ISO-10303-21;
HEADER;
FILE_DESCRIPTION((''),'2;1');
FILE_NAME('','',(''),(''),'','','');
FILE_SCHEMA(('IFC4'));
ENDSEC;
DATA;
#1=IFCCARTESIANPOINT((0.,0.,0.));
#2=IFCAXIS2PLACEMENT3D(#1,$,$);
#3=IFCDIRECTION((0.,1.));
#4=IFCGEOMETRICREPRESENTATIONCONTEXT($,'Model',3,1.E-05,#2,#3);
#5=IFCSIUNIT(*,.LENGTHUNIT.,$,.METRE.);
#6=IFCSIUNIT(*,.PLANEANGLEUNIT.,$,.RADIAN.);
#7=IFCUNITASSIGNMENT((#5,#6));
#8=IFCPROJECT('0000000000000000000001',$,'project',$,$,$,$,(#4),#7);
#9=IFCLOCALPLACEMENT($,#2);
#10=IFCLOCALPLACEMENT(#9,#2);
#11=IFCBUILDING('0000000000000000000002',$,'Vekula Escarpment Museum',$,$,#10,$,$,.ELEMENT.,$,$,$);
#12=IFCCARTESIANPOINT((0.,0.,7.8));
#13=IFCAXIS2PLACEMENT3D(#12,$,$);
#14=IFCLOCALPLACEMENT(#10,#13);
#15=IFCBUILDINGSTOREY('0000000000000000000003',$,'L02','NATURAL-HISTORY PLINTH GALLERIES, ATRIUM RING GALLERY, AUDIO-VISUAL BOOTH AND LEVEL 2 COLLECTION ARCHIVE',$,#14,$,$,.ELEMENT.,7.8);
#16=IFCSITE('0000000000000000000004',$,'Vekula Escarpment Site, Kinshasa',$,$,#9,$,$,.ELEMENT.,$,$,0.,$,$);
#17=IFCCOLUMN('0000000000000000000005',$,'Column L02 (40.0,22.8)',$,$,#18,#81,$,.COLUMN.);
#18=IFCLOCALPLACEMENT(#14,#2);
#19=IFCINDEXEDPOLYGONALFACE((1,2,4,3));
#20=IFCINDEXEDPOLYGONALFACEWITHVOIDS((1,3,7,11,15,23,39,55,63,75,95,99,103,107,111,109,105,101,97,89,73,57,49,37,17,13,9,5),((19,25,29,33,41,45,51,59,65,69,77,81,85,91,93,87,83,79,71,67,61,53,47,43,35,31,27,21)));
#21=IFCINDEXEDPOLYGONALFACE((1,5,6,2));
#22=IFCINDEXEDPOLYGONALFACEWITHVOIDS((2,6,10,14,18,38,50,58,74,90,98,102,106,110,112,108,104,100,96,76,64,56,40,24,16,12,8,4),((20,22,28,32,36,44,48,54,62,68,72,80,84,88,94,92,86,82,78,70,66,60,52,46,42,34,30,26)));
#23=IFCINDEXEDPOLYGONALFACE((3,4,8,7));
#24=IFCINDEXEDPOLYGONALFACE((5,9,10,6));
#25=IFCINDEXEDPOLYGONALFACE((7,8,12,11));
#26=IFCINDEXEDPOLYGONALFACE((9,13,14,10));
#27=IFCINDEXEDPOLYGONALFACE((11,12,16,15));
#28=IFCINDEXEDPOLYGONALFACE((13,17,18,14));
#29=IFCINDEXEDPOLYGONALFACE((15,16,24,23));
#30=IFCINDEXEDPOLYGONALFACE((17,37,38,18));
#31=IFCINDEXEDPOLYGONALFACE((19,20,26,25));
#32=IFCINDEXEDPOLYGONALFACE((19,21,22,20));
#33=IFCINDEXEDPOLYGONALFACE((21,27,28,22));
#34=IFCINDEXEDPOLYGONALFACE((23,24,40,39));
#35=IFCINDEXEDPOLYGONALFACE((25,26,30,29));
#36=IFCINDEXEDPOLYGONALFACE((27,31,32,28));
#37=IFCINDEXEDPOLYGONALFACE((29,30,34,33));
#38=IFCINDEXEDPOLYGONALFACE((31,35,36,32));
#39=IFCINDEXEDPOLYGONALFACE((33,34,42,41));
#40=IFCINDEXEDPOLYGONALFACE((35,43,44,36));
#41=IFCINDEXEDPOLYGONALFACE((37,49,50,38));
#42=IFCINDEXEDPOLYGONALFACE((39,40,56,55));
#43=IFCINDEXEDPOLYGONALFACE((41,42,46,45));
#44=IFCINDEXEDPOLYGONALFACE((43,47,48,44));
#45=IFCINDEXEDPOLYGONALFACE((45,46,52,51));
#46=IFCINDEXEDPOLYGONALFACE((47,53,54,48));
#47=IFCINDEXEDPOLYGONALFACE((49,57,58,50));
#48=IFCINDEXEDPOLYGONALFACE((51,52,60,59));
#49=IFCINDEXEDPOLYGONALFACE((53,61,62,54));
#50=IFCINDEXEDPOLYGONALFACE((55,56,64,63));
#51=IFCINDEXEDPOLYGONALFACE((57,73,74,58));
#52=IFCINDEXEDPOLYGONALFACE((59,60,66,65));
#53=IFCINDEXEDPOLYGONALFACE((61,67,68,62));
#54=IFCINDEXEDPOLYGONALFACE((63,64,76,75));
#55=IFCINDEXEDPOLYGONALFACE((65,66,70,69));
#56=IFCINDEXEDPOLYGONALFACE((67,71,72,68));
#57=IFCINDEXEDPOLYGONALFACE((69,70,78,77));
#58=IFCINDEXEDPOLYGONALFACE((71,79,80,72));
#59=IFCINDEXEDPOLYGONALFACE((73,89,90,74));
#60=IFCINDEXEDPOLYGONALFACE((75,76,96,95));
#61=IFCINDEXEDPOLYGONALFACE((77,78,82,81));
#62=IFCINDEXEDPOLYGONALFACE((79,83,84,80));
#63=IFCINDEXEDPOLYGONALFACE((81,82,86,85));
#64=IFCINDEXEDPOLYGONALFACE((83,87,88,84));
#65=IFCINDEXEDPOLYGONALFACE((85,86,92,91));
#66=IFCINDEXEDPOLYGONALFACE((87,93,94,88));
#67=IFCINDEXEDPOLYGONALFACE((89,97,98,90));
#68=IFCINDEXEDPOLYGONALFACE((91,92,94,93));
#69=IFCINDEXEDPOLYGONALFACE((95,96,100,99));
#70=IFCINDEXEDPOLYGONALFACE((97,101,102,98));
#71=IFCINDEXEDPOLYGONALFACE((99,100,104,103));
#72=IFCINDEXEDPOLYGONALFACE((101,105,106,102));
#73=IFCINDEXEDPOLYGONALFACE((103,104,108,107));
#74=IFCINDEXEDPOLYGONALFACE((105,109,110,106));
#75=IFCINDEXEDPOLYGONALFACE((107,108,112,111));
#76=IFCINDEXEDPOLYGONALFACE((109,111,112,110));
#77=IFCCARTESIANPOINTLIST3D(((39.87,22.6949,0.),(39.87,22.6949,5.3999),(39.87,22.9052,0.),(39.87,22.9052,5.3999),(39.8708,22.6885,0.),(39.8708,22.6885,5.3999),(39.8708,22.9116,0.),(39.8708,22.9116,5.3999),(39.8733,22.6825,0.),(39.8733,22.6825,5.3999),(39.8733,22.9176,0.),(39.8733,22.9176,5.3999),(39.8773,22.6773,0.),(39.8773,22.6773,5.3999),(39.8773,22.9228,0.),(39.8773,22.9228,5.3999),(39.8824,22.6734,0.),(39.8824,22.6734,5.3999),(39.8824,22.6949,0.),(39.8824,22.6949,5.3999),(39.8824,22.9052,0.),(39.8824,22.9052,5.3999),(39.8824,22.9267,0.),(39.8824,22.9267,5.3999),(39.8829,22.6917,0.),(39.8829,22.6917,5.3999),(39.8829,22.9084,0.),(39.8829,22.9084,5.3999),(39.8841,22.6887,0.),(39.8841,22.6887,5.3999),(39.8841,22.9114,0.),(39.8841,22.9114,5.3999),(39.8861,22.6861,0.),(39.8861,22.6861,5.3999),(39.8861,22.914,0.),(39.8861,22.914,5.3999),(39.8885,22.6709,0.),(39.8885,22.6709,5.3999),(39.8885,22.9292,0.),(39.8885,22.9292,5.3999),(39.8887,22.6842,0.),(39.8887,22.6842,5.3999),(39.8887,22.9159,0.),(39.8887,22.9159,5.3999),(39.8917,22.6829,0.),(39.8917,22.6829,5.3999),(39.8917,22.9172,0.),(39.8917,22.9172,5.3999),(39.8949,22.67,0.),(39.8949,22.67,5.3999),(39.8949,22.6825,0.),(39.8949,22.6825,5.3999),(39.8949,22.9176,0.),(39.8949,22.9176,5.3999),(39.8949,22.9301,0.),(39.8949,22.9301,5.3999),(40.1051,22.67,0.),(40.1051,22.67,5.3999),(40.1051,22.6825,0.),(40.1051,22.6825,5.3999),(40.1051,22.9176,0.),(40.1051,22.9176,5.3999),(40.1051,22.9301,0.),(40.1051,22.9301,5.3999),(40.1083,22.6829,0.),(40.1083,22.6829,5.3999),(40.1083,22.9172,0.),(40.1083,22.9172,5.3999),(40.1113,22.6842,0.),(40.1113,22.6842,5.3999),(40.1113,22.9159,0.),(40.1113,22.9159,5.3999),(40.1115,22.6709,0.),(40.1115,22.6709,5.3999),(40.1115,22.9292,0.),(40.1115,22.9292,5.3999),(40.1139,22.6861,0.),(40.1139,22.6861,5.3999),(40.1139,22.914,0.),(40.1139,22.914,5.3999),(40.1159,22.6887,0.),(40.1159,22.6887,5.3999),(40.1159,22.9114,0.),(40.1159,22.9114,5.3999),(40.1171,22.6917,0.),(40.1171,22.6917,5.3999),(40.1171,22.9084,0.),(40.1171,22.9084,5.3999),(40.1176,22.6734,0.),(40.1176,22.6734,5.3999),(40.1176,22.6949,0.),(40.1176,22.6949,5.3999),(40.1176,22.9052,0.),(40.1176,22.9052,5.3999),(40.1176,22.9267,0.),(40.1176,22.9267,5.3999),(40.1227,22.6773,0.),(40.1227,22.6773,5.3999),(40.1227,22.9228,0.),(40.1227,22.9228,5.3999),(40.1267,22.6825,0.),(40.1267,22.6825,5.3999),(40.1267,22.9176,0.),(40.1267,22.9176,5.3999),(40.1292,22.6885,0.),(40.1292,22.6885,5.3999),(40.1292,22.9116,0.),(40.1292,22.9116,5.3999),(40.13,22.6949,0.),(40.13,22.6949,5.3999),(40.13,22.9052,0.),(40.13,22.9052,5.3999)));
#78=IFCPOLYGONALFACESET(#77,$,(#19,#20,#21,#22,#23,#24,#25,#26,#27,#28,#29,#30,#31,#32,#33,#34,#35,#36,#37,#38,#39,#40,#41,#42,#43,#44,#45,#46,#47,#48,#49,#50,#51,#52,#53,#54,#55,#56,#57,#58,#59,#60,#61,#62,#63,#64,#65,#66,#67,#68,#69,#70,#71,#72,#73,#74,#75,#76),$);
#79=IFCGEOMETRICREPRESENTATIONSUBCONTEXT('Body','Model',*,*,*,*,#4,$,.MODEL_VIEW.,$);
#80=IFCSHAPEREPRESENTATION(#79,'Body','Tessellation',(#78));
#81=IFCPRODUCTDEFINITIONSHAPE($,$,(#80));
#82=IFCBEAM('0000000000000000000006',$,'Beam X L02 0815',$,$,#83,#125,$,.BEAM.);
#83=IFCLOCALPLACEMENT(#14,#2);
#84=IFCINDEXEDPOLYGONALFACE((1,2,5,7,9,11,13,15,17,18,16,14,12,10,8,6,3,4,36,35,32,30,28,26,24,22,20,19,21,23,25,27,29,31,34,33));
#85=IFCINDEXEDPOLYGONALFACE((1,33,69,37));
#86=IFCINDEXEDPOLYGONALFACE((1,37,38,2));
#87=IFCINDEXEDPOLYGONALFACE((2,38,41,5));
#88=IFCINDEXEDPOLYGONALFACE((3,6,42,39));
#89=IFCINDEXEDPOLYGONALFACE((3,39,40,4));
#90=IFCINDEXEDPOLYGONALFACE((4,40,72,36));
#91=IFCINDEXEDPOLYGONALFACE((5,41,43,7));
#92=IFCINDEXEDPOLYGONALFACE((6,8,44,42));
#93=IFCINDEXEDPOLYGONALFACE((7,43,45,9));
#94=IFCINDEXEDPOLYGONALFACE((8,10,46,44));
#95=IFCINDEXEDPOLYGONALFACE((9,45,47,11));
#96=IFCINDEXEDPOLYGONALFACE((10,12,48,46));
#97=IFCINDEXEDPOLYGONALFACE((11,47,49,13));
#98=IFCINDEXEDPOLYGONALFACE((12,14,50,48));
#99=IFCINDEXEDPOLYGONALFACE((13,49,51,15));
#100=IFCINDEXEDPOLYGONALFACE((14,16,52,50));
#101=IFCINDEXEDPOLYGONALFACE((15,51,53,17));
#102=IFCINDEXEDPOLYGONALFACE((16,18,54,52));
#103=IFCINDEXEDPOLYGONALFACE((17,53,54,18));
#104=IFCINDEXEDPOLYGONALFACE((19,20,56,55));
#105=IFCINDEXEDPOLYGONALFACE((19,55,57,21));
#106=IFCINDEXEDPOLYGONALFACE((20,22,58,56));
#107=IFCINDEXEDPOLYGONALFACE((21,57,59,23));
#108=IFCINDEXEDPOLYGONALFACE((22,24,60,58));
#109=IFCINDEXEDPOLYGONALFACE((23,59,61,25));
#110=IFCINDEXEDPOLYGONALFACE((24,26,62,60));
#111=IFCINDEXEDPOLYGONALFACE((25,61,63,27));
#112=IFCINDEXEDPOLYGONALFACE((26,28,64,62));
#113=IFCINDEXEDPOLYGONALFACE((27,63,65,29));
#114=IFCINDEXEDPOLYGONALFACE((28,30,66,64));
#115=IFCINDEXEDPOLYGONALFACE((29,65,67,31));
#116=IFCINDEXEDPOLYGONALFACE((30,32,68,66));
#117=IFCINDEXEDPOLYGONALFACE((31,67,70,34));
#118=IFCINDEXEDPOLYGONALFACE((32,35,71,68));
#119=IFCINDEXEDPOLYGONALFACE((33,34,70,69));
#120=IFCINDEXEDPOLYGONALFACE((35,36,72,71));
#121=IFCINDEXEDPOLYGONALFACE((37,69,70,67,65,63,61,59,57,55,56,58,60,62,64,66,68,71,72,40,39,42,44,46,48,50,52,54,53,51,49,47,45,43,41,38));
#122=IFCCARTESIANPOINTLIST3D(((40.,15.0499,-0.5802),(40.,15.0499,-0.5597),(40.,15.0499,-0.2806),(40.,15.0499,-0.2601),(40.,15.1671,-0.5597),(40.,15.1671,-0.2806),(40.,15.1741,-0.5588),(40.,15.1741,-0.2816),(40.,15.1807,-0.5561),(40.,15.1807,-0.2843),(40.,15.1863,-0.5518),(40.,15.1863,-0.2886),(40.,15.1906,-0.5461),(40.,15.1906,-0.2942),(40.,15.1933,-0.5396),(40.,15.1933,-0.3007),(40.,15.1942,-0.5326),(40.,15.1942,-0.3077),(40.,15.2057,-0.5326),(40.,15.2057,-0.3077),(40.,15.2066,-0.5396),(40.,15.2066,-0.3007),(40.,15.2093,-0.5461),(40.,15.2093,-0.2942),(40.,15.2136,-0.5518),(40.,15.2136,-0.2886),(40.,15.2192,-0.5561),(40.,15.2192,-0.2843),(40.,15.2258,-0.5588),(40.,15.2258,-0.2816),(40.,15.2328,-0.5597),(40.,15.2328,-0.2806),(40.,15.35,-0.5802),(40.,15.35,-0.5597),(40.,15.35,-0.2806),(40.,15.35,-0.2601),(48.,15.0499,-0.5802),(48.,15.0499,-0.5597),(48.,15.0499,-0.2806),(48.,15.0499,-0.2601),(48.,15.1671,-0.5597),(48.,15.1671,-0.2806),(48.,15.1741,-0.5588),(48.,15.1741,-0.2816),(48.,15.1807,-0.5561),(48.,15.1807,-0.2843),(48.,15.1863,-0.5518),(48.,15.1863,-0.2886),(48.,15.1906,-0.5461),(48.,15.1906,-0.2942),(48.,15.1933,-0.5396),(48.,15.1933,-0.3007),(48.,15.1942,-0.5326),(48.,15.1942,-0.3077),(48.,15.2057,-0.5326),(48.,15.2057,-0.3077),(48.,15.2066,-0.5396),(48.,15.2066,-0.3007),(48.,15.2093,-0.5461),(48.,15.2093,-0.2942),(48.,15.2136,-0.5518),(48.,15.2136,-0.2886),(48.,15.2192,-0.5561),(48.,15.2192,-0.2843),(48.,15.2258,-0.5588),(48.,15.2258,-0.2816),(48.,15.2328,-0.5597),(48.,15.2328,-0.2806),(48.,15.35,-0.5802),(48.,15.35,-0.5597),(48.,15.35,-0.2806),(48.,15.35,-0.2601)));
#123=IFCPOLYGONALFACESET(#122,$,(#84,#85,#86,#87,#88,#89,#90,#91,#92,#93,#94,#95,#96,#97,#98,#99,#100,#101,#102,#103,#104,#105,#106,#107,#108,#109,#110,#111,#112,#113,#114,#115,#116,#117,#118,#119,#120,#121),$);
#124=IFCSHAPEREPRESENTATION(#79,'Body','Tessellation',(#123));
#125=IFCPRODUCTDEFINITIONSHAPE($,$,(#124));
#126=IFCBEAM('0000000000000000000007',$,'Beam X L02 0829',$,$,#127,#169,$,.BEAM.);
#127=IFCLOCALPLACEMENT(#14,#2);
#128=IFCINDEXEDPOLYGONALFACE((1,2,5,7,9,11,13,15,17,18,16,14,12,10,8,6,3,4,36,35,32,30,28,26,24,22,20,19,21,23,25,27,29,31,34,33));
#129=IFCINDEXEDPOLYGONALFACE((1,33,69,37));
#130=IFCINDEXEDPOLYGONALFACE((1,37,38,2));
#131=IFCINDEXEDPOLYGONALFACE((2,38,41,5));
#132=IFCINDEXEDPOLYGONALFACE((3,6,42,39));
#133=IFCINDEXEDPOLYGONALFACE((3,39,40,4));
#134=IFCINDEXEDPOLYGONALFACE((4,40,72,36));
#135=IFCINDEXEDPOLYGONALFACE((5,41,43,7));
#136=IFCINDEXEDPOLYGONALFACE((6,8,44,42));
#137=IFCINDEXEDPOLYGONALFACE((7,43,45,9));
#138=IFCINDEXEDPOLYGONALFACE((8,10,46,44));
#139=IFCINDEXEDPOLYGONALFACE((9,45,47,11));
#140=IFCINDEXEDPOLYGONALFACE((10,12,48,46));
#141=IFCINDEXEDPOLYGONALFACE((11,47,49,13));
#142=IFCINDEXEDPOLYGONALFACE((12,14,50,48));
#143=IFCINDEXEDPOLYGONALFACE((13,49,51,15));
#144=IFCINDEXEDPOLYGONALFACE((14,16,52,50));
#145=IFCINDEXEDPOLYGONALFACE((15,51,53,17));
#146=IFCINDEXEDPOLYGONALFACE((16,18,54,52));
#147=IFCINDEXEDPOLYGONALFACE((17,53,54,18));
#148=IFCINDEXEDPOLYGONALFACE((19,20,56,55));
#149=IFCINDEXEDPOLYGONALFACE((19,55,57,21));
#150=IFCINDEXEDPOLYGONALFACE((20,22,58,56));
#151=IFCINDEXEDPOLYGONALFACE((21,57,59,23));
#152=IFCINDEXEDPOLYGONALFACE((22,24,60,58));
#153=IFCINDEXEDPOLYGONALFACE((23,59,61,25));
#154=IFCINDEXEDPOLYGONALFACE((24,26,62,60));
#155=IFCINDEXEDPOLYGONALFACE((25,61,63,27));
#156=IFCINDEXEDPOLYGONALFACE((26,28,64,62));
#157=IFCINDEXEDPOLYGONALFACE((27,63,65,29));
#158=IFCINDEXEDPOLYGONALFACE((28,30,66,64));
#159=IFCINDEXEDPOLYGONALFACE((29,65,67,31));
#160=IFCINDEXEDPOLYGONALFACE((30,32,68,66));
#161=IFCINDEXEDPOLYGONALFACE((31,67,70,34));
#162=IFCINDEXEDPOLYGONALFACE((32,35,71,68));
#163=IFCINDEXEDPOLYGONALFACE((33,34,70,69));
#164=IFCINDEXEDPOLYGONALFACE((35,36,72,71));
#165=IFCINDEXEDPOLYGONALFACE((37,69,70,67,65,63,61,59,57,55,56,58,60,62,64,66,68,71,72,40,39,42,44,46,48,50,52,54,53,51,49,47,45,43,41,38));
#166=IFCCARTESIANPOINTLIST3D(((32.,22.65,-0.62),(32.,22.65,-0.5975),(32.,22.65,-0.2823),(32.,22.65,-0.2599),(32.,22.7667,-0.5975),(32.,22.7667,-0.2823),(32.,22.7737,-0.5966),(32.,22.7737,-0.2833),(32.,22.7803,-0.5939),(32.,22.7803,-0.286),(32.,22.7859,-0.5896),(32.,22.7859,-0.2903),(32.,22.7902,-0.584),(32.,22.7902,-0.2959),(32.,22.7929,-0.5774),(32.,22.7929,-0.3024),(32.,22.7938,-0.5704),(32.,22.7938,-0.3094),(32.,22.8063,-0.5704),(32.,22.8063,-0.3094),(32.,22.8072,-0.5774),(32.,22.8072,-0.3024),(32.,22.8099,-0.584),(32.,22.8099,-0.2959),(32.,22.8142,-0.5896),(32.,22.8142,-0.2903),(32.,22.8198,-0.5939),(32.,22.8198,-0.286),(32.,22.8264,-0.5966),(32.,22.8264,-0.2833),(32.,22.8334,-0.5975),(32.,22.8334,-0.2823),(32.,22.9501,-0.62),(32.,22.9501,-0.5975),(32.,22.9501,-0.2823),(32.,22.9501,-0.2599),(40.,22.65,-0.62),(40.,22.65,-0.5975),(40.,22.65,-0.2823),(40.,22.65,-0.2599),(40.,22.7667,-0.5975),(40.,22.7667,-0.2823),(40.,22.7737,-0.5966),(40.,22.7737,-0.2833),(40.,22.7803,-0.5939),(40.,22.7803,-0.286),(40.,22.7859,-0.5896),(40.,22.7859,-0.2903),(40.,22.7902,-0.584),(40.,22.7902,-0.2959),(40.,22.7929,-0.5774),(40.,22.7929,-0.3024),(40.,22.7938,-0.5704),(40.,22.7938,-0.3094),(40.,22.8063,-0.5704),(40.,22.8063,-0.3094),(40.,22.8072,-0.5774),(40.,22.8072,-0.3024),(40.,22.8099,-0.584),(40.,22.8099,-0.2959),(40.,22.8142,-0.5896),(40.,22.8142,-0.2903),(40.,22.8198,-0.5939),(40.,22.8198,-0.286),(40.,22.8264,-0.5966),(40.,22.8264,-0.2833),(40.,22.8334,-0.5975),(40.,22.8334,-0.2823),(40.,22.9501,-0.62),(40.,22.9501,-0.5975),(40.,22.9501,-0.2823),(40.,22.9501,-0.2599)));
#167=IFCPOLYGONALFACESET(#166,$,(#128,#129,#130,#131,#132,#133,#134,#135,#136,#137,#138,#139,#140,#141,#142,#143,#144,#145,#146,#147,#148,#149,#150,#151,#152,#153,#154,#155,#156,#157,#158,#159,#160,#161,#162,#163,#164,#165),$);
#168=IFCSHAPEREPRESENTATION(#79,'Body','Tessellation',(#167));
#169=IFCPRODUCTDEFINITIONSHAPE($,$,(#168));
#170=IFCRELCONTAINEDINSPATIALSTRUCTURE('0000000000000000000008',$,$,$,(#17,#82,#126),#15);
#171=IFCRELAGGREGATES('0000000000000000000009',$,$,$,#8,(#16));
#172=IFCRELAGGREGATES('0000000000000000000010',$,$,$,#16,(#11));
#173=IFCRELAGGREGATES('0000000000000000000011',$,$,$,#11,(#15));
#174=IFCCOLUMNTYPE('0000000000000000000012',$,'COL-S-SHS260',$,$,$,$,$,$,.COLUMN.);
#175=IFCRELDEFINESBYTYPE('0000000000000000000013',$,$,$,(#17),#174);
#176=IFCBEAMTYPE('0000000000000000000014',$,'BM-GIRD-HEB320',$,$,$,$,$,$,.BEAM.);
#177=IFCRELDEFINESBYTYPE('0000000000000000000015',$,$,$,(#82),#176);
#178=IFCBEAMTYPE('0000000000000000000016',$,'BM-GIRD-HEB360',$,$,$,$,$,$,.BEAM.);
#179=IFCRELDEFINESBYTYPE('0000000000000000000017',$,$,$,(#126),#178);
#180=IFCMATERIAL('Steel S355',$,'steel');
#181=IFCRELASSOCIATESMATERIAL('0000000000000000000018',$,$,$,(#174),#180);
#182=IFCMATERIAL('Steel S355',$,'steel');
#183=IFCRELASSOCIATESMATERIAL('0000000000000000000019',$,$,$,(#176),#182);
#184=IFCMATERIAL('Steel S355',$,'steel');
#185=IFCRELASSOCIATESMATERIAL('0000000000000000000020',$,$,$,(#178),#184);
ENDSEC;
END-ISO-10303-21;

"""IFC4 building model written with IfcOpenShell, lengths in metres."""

from ifc_helpers import new_model, si_unit, direction, frame, origin, origin_2d, place, context, subcontext, project, spatial, hollow_rectangle, i_section, extrude, material, material_profile, profile_set, type_object, element, save


model = new_model("IFC4")

# Units and contexts
model_context = context("Model", 3, precision=1e-05, world=origin(), true_north=direction((0.0, 1.0)))
body_context = subcontext(model_context, "Body", "Model", "MODEL_VIEW")
ifc_project = project(units=[si_unit("LENGTHUNIT", "METRE"), si_unit("PLANEANGLEUNIT", "RADIAN")], contexts=[model_context])

# Site, building, storey
site_placement = place(None, origin())
site = spatial("IfcSite", under=ifc_project, at=site_placement, Name="Vekula Escarpment Site, Kinshasa", CompositionType="ELEMENT", RefElevation=0.0)
building_placement = place(site_placement, origin())
building = spatial("IfcBuilding", under=site, at=building_placement, Name="Vekula Escarpment Museum", CompositionType="ELEMENT")
storey_placement = place(building_placement, frame((0.0, 0.0, 7.8)))
storey = spatial("IfcBuildingStorey", under=building, at=storey_placement, Name="L02", Description="NATURAL-HISTORY PLINTH GALLERIES, ATRIUM RING GALLERY, AUDIO-VISUAL BOOTH AND LEVEL 2 COLLECTION ARCHIVE", CompositionType="ELEMENT", Elevation=7.8)

# Column
ifc_material_1 = material(Name="Steel S355", Category="steel")
ifc_material_profile_1 = material_profile(ifc_material_1, hollow_rectangle(XDim=0.26, YDim=0.26, WallThickness=0.0125, InnerFilletRadius=0.0125, OuterFilletRadius=0.0249, at=origin_2d()), Name="SHS 260x260x12.5")
ifc_profile_set_1 = profile_set([ifc_material_profile_1], Name="Steel S355")
column_type_1 = type_object("IfcColumnType", Name="COL-S-SHS260", PredefinedType="COLUMN", material=ifc_profile_set_1)
column_1_placement = place(storey_placement, frame((40.0, 22.8, 0.0), z_axis=(0.0, 0.0, 1.0), x_axis=(1.0, 0.0, 0.0)))
element("IfcColumn", 1, at=column_1_placement, inside=storey, type_object=column_type_1, Name="Column L02 (40.0,22.8)", PredefinedType="COLUMN", context=body_context, shape_type="SweptSolid", body=[
    extrude(hollow_rectangle(XDim=0.26, YDim=0.26, WallThickness=0.0125, InnerFilletRadius=0.0125, OuterFilletRadius=0.0249, at=origin_2d()), origin(), (0.0, 0.0, 1.0), 5.3999),
])

# Beams
ifc_material_2 = material(Name="Steel S355", Category="steel")
ifc_material_profile_2 = material_profile(ifc_material_2, i_section(OverallWidth=0.3, OverallDepth=0.3201, WebThickness=0.0115, FlangeThickness=0.0205, FilletRadius=0.0271, at=origin_2d()), Name="HEB 320")
ifc_profile_set_2 = profile_set([ifc_material_profile_2], Name="Steel S355")
beam_type_1 = type_object("IfcBeamType", Name="BM-GIRD-HEB320", PredefinedType="BEAM", material=ifc_profile_set_2)
beam_1_placement = place(storey_placement, frame((40.0, 15.2, -0.4202), z_axis=(1.0, 0.0, 0.0), x_axis=(0.0, 1.0, 0.0)))
element("IfcBeam", 2, at=beam_1_placement, inside=storey, type_object=beam_type_1, Name="Beam X L02 0815", PredefinedType="BEAM", context=body_context, shape_type="SweptSolid", body=[
    extrude(i_section(OverallWidth=0.3, OverallDepth=0.3201, WebThickness=0.0115, FlangeThickness=0.0205, FilletRadius=0.0271, at=origin_2d()), origin(), (0.0, 0.0, 1.0), 8.0),
])
ifc_material_3 = material(Name="Steel S355", Category="steel")
ifc_material_profile_3 = material_profile(ifc_material_3, i_section(OverallWidth=0.3, OverallDepth=0.3601, WebThickness=0.0125, FlangeThickness=0.0225, FilletRadius=0.0271, at=origin_2d()), Name="HEB 360")
ifc_profile_set_3 = profile_set([ifc_material_profile_3], Name="Steel S355")
beam_type_2 = type_object("IfcBeamType", Name="BM-GIRD-HEB360", PredefinedType="BEAM", material=ifc_profile_set_3)
beam_2_placement = place(storey_placement, frame((32.0, 22.8, -0.4399), z_axis=(1.0, 0.0, 0.0), x_axis=(0.0, 1.0, 0.0)))
element("IfcBeam", 3, at=beam_2_placement, inside=storey, type_object=beam_type_2, Name="Beam X L02 0829", PredefinedType="BEAM", context=body_context, shape_type="SweptSolid", body=[
    extrude(i_section(OverallWidth=0.3, OverallDepth=0.3601, WebThickness=0.0125, FlangeThickness=0.0225, FilletRadius=0.0271, at=origin_2d()), origin(), (0.0, 0.0, 1.0), 8.0),
])

save(model, "model.ifc")
